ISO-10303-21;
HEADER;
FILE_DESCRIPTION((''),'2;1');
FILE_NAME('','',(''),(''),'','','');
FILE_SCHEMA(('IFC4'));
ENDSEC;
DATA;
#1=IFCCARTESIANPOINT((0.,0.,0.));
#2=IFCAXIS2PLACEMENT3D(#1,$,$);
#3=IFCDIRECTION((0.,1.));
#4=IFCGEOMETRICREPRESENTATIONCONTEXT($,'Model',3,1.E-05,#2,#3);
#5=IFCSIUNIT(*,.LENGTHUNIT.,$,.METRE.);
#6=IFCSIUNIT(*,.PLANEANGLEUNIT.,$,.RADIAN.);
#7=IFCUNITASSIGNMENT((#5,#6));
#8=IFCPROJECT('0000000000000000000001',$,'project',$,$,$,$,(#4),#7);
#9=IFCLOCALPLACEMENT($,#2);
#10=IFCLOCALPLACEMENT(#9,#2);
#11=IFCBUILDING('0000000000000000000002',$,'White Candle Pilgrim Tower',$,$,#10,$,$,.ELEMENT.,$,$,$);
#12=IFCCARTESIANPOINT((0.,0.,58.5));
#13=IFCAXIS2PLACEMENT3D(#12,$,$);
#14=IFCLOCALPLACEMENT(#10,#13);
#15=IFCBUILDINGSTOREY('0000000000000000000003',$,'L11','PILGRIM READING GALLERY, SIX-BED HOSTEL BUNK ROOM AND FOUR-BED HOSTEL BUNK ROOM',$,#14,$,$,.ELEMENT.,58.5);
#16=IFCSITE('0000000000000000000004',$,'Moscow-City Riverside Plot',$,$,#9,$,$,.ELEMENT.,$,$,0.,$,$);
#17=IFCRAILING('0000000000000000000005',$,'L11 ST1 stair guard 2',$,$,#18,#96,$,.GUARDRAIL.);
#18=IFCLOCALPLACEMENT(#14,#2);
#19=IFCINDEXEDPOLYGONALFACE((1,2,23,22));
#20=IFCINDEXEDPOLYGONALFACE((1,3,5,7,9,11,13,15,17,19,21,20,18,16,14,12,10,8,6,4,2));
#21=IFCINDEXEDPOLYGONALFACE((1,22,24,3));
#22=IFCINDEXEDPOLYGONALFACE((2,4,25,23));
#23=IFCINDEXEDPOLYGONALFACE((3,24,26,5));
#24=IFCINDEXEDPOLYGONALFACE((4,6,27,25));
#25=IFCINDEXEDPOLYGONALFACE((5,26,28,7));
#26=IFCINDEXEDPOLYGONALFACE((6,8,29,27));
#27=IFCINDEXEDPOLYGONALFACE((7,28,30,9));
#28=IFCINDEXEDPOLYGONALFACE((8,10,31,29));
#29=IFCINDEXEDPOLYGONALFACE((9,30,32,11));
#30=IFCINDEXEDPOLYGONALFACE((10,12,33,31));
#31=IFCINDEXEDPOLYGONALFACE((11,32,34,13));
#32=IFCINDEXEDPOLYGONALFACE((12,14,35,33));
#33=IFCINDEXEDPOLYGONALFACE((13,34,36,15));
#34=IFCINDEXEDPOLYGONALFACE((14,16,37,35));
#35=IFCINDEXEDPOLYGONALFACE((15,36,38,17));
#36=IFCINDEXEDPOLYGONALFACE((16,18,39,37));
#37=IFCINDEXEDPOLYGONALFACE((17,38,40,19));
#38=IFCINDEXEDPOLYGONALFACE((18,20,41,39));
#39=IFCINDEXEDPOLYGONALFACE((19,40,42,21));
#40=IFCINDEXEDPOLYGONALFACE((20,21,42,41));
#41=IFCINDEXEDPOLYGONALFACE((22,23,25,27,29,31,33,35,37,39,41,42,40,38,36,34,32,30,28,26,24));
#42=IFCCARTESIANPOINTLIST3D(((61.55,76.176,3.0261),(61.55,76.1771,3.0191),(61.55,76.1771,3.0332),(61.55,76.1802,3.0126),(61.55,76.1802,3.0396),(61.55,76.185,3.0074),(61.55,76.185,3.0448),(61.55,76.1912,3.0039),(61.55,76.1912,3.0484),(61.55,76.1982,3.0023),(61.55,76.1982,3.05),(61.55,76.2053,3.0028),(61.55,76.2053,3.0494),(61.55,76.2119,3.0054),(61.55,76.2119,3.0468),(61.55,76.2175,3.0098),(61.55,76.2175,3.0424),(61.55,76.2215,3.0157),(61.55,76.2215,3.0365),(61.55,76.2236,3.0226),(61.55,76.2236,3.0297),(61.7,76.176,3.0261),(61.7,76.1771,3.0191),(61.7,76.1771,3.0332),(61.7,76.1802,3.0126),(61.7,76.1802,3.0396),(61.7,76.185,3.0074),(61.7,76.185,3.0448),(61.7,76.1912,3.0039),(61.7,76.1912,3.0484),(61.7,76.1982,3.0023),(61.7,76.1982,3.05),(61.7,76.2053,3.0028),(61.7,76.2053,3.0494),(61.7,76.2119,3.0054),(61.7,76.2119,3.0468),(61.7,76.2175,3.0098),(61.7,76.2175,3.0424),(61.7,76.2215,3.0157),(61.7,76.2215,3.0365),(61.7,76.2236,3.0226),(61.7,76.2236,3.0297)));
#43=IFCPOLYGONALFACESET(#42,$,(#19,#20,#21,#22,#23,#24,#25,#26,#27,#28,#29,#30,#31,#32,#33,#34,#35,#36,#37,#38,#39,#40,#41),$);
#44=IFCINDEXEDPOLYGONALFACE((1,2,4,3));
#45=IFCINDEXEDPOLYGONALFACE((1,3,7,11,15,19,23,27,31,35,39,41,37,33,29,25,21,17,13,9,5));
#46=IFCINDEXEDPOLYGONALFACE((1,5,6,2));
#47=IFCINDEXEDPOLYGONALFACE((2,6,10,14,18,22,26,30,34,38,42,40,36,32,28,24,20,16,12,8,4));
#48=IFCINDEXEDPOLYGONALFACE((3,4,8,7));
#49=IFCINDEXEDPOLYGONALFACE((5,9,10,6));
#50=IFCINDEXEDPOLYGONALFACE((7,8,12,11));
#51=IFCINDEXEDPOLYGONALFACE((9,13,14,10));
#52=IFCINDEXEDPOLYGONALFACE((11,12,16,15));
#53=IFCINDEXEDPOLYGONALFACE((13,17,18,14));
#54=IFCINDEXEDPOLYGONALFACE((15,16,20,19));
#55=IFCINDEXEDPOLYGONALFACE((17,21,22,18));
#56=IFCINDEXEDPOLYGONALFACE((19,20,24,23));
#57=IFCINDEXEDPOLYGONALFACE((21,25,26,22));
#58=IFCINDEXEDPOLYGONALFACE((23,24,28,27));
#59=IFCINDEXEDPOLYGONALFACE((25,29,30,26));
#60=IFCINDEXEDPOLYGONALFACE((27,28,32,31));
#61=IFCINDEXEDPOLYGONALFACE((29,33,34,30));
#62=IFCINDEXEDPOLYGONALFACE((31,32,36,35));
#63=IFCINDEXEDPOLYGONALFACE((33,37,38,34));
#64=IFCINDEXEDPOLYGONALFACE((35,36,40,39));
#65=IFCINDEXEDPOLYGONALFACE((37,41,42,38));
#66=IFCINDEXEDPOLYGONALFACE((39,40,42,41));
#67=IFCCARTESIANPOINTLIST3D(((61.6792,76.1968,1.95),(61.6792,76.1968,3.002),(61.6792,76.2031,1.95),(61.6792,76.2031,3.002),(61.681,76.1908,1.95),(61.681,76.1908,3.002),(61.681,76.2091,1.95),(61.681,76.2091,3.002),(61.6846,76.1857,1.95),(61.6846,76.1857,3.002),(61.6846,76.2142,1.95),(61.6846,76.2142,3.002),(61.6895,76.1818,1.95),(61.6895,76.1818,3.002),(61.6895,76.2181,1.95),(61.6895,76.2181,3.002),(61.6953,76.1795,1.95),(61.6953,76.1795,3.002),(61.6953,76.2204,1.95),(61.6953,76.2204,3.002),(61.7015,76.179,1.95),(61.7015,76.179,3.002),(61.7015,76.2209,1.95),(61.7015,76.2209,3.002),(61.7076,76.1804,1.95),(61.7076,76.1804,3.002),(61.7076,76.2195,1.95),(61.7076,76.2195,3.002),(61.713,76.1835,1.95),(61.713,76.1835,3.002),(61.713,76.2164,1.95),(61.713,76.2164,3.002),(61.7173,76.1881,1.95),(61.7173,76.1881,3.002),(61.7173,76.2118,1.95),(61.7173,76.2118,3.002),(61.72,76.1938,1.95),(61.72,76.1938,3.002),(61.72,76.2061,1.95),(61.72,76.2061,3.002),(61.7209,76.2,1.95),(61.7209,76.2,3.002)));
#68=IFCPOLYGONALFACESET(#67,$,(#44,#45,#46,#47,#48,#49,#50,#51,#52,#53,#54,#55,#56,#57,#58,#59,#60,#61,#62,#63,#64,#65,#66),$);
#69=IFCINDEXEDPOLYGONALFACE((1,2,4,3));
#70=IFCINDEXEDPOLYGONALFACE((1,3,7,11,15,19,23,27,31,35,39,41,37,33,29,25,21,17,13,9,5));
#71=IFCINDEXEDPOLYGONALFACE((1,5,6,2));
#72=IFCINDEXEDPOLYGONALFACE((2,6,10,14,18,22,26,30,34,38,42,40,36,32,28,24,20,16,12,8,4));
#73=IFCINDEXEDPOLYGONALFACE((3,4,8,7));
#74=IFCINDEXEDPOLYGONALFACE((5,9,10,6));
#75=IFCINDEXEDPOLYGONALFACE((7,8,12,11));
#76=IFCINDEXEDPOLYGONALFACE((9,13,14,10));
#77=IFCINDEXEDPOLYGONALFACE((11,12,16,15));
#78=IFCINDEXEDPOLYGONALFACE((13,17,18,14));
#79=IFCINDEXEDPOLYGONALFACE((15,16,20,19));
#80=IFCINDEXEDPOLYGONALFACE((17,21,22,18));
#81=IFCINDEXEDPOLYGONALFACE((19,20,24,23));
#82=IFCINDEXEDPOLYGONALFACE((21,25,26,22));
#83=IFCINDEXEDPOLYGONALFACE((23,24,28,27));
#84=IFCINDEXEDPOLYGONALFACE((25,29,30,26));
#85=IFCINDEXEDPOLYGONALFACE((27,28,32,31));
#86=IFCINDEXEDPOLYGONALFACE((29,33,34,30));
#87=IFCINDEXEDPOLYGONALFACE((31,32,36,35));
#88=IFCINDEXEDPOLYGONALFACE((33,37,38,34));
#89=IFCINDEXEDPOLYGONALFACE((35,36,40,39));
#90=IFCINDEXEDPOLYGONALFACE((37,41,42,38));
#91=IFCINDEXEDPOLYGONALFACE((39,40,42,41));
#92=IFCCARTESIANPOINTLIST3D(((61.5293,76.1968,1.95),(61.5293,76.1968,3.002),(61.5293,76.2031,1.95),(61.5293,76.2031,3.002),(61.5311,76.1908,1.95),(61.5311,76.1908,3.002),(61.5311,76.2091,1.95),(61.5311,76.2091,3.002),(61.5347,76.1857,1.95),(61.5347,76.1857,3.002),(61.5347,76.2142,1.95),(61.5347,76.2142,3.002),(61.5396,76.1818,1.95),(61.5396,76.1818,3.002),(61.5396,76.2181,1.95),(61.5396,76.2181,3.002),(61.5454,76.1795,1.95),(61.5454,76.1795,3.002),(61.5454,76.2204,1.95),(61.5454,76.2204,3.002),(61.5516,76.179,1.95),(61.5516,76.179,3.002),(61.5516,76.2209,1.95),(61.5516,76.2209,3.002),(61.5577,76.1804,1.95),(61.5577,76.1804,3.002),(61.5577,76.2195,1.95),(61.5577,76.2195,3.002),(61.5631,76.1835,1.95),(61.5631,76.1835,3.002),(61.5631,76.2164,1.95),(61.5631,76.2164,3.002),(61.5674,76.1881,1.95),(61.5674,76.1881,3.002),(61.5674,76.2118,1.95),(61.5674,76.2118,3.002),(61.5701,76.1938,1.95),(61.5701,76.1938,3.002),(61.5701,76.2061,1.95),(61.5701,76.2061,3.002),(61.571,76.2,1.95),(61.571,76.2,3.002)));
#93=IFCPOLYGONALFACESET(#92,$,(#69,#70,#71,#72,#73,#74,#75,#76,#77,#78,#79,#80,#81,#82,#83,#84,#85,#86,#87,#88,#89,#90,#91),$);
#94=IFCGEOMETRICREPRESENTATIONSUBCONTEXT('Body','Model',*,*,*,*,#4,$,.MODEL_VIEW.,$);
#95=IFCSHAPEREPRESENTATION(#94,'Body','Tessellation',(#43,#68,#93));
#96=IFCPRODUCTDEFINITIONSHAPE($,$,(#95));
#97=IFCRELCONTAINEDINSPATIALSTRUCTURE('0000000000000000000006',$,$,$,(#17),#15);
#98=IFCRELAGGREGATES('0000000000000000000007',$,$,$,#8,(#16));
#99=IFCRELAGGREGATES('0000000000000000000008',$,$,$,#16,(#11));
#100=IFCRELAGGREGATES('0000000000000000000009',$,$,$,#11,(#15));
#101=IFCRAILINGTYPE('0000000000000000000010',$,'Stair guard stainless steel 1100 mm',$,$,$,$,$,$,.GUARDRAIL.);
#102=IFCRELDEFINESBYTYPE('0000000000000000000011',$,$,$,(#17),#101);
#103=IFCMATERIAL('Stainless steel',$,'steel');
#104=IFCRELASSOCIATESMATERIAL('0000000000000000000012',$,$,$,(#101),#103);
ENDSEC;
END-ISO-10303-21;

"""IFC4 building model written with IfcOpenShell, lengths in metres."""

from ifc_helpers import new_model, si_unit, direction, frame, origin, origin_2d, place, context, subcontext, project, spatial, circle, extrude, material, type_object, element, save


model = new_model("IFC4")

# Units and contexts
model_context = context("Model", 3, precision=1e-05, world=origin(), true_north=direction((0.0, 1.0)))
body_context = subcontext(model_context, "Body", "Model", "MODEL_VIEW")
ifc_project = project(units=[si_unit("LENGTHUNIT", "METRE"), si_unit("PLANEANGLEUNIT", "RADIAN")], contexts=[model_context])

# Site, building, storey
site_placement = place(None, origin())
site = spatial("IfcSite", under=ifc_project, at=site_placement, Name="Moscow-City Riverside Plot", CompositionType="ELEMENT", RefElevation=0.0)
building_placement = place(site_placement, origin())
building = spatial("IfcBuilding", under=site, at=building_placement, Name="White Candle Pilgrim Tower", CompositionType="ELEMENT")
storey_placement = place(building_placement, frame((0.0, 0.0, 58.5)))
storey = spatial("IfcBuildingStorey", under=building, at=storey_placement, Name="L11", Description="PILGRIM READING GALLERY, SIX-BED HOSTEL BUNK ROOM AND FOUR-BED HOSTEL BUNK ROOM", CompositionType="ELEMENT", Elevation=58.5)

# Railing
ifc_material_1 = material(Name="Stainless steel", Category="steel")
railing_type_1 = type_object("IfcRailingType", Name="Stair guard stainless steel 1100 mm", PredefinedType="GUARDRAIL", material=ifc_material_1)
railing_1_placement = place(storey_placement, frame((61.7, 76.2, 1.95)))
element("IfcRailing", 1, at=railing_1_placement, inside=storey, type_object=railing_type_1, Name="L11 ST1 stair guard 2", PredefinedType="GUARDRAIL", context=body_context, shape_type="SweptSolid", body=[
    extrude(circle(Radius=0.0239, at=origin_2d()), frame((0.0, 0.0, 1.0762), z_axis=(-1.0, 0.0, 0.0), x_axis=(0.0, -1.0, 0.0)), (0.0, 0.0, 1.0), 0.1499),
    extrude(circle(Radius=0.021, at=origin_2d()), origin(), (0.0, 0.0, 1.0), 1.052),
    extrude(circle(Radius=0.021, at=origin_2d()), frame((-0.1499, 0.0, 0.0)), (0.0, 0.0, 1.0), 1.052),
])

save(model, "model.ifc")
